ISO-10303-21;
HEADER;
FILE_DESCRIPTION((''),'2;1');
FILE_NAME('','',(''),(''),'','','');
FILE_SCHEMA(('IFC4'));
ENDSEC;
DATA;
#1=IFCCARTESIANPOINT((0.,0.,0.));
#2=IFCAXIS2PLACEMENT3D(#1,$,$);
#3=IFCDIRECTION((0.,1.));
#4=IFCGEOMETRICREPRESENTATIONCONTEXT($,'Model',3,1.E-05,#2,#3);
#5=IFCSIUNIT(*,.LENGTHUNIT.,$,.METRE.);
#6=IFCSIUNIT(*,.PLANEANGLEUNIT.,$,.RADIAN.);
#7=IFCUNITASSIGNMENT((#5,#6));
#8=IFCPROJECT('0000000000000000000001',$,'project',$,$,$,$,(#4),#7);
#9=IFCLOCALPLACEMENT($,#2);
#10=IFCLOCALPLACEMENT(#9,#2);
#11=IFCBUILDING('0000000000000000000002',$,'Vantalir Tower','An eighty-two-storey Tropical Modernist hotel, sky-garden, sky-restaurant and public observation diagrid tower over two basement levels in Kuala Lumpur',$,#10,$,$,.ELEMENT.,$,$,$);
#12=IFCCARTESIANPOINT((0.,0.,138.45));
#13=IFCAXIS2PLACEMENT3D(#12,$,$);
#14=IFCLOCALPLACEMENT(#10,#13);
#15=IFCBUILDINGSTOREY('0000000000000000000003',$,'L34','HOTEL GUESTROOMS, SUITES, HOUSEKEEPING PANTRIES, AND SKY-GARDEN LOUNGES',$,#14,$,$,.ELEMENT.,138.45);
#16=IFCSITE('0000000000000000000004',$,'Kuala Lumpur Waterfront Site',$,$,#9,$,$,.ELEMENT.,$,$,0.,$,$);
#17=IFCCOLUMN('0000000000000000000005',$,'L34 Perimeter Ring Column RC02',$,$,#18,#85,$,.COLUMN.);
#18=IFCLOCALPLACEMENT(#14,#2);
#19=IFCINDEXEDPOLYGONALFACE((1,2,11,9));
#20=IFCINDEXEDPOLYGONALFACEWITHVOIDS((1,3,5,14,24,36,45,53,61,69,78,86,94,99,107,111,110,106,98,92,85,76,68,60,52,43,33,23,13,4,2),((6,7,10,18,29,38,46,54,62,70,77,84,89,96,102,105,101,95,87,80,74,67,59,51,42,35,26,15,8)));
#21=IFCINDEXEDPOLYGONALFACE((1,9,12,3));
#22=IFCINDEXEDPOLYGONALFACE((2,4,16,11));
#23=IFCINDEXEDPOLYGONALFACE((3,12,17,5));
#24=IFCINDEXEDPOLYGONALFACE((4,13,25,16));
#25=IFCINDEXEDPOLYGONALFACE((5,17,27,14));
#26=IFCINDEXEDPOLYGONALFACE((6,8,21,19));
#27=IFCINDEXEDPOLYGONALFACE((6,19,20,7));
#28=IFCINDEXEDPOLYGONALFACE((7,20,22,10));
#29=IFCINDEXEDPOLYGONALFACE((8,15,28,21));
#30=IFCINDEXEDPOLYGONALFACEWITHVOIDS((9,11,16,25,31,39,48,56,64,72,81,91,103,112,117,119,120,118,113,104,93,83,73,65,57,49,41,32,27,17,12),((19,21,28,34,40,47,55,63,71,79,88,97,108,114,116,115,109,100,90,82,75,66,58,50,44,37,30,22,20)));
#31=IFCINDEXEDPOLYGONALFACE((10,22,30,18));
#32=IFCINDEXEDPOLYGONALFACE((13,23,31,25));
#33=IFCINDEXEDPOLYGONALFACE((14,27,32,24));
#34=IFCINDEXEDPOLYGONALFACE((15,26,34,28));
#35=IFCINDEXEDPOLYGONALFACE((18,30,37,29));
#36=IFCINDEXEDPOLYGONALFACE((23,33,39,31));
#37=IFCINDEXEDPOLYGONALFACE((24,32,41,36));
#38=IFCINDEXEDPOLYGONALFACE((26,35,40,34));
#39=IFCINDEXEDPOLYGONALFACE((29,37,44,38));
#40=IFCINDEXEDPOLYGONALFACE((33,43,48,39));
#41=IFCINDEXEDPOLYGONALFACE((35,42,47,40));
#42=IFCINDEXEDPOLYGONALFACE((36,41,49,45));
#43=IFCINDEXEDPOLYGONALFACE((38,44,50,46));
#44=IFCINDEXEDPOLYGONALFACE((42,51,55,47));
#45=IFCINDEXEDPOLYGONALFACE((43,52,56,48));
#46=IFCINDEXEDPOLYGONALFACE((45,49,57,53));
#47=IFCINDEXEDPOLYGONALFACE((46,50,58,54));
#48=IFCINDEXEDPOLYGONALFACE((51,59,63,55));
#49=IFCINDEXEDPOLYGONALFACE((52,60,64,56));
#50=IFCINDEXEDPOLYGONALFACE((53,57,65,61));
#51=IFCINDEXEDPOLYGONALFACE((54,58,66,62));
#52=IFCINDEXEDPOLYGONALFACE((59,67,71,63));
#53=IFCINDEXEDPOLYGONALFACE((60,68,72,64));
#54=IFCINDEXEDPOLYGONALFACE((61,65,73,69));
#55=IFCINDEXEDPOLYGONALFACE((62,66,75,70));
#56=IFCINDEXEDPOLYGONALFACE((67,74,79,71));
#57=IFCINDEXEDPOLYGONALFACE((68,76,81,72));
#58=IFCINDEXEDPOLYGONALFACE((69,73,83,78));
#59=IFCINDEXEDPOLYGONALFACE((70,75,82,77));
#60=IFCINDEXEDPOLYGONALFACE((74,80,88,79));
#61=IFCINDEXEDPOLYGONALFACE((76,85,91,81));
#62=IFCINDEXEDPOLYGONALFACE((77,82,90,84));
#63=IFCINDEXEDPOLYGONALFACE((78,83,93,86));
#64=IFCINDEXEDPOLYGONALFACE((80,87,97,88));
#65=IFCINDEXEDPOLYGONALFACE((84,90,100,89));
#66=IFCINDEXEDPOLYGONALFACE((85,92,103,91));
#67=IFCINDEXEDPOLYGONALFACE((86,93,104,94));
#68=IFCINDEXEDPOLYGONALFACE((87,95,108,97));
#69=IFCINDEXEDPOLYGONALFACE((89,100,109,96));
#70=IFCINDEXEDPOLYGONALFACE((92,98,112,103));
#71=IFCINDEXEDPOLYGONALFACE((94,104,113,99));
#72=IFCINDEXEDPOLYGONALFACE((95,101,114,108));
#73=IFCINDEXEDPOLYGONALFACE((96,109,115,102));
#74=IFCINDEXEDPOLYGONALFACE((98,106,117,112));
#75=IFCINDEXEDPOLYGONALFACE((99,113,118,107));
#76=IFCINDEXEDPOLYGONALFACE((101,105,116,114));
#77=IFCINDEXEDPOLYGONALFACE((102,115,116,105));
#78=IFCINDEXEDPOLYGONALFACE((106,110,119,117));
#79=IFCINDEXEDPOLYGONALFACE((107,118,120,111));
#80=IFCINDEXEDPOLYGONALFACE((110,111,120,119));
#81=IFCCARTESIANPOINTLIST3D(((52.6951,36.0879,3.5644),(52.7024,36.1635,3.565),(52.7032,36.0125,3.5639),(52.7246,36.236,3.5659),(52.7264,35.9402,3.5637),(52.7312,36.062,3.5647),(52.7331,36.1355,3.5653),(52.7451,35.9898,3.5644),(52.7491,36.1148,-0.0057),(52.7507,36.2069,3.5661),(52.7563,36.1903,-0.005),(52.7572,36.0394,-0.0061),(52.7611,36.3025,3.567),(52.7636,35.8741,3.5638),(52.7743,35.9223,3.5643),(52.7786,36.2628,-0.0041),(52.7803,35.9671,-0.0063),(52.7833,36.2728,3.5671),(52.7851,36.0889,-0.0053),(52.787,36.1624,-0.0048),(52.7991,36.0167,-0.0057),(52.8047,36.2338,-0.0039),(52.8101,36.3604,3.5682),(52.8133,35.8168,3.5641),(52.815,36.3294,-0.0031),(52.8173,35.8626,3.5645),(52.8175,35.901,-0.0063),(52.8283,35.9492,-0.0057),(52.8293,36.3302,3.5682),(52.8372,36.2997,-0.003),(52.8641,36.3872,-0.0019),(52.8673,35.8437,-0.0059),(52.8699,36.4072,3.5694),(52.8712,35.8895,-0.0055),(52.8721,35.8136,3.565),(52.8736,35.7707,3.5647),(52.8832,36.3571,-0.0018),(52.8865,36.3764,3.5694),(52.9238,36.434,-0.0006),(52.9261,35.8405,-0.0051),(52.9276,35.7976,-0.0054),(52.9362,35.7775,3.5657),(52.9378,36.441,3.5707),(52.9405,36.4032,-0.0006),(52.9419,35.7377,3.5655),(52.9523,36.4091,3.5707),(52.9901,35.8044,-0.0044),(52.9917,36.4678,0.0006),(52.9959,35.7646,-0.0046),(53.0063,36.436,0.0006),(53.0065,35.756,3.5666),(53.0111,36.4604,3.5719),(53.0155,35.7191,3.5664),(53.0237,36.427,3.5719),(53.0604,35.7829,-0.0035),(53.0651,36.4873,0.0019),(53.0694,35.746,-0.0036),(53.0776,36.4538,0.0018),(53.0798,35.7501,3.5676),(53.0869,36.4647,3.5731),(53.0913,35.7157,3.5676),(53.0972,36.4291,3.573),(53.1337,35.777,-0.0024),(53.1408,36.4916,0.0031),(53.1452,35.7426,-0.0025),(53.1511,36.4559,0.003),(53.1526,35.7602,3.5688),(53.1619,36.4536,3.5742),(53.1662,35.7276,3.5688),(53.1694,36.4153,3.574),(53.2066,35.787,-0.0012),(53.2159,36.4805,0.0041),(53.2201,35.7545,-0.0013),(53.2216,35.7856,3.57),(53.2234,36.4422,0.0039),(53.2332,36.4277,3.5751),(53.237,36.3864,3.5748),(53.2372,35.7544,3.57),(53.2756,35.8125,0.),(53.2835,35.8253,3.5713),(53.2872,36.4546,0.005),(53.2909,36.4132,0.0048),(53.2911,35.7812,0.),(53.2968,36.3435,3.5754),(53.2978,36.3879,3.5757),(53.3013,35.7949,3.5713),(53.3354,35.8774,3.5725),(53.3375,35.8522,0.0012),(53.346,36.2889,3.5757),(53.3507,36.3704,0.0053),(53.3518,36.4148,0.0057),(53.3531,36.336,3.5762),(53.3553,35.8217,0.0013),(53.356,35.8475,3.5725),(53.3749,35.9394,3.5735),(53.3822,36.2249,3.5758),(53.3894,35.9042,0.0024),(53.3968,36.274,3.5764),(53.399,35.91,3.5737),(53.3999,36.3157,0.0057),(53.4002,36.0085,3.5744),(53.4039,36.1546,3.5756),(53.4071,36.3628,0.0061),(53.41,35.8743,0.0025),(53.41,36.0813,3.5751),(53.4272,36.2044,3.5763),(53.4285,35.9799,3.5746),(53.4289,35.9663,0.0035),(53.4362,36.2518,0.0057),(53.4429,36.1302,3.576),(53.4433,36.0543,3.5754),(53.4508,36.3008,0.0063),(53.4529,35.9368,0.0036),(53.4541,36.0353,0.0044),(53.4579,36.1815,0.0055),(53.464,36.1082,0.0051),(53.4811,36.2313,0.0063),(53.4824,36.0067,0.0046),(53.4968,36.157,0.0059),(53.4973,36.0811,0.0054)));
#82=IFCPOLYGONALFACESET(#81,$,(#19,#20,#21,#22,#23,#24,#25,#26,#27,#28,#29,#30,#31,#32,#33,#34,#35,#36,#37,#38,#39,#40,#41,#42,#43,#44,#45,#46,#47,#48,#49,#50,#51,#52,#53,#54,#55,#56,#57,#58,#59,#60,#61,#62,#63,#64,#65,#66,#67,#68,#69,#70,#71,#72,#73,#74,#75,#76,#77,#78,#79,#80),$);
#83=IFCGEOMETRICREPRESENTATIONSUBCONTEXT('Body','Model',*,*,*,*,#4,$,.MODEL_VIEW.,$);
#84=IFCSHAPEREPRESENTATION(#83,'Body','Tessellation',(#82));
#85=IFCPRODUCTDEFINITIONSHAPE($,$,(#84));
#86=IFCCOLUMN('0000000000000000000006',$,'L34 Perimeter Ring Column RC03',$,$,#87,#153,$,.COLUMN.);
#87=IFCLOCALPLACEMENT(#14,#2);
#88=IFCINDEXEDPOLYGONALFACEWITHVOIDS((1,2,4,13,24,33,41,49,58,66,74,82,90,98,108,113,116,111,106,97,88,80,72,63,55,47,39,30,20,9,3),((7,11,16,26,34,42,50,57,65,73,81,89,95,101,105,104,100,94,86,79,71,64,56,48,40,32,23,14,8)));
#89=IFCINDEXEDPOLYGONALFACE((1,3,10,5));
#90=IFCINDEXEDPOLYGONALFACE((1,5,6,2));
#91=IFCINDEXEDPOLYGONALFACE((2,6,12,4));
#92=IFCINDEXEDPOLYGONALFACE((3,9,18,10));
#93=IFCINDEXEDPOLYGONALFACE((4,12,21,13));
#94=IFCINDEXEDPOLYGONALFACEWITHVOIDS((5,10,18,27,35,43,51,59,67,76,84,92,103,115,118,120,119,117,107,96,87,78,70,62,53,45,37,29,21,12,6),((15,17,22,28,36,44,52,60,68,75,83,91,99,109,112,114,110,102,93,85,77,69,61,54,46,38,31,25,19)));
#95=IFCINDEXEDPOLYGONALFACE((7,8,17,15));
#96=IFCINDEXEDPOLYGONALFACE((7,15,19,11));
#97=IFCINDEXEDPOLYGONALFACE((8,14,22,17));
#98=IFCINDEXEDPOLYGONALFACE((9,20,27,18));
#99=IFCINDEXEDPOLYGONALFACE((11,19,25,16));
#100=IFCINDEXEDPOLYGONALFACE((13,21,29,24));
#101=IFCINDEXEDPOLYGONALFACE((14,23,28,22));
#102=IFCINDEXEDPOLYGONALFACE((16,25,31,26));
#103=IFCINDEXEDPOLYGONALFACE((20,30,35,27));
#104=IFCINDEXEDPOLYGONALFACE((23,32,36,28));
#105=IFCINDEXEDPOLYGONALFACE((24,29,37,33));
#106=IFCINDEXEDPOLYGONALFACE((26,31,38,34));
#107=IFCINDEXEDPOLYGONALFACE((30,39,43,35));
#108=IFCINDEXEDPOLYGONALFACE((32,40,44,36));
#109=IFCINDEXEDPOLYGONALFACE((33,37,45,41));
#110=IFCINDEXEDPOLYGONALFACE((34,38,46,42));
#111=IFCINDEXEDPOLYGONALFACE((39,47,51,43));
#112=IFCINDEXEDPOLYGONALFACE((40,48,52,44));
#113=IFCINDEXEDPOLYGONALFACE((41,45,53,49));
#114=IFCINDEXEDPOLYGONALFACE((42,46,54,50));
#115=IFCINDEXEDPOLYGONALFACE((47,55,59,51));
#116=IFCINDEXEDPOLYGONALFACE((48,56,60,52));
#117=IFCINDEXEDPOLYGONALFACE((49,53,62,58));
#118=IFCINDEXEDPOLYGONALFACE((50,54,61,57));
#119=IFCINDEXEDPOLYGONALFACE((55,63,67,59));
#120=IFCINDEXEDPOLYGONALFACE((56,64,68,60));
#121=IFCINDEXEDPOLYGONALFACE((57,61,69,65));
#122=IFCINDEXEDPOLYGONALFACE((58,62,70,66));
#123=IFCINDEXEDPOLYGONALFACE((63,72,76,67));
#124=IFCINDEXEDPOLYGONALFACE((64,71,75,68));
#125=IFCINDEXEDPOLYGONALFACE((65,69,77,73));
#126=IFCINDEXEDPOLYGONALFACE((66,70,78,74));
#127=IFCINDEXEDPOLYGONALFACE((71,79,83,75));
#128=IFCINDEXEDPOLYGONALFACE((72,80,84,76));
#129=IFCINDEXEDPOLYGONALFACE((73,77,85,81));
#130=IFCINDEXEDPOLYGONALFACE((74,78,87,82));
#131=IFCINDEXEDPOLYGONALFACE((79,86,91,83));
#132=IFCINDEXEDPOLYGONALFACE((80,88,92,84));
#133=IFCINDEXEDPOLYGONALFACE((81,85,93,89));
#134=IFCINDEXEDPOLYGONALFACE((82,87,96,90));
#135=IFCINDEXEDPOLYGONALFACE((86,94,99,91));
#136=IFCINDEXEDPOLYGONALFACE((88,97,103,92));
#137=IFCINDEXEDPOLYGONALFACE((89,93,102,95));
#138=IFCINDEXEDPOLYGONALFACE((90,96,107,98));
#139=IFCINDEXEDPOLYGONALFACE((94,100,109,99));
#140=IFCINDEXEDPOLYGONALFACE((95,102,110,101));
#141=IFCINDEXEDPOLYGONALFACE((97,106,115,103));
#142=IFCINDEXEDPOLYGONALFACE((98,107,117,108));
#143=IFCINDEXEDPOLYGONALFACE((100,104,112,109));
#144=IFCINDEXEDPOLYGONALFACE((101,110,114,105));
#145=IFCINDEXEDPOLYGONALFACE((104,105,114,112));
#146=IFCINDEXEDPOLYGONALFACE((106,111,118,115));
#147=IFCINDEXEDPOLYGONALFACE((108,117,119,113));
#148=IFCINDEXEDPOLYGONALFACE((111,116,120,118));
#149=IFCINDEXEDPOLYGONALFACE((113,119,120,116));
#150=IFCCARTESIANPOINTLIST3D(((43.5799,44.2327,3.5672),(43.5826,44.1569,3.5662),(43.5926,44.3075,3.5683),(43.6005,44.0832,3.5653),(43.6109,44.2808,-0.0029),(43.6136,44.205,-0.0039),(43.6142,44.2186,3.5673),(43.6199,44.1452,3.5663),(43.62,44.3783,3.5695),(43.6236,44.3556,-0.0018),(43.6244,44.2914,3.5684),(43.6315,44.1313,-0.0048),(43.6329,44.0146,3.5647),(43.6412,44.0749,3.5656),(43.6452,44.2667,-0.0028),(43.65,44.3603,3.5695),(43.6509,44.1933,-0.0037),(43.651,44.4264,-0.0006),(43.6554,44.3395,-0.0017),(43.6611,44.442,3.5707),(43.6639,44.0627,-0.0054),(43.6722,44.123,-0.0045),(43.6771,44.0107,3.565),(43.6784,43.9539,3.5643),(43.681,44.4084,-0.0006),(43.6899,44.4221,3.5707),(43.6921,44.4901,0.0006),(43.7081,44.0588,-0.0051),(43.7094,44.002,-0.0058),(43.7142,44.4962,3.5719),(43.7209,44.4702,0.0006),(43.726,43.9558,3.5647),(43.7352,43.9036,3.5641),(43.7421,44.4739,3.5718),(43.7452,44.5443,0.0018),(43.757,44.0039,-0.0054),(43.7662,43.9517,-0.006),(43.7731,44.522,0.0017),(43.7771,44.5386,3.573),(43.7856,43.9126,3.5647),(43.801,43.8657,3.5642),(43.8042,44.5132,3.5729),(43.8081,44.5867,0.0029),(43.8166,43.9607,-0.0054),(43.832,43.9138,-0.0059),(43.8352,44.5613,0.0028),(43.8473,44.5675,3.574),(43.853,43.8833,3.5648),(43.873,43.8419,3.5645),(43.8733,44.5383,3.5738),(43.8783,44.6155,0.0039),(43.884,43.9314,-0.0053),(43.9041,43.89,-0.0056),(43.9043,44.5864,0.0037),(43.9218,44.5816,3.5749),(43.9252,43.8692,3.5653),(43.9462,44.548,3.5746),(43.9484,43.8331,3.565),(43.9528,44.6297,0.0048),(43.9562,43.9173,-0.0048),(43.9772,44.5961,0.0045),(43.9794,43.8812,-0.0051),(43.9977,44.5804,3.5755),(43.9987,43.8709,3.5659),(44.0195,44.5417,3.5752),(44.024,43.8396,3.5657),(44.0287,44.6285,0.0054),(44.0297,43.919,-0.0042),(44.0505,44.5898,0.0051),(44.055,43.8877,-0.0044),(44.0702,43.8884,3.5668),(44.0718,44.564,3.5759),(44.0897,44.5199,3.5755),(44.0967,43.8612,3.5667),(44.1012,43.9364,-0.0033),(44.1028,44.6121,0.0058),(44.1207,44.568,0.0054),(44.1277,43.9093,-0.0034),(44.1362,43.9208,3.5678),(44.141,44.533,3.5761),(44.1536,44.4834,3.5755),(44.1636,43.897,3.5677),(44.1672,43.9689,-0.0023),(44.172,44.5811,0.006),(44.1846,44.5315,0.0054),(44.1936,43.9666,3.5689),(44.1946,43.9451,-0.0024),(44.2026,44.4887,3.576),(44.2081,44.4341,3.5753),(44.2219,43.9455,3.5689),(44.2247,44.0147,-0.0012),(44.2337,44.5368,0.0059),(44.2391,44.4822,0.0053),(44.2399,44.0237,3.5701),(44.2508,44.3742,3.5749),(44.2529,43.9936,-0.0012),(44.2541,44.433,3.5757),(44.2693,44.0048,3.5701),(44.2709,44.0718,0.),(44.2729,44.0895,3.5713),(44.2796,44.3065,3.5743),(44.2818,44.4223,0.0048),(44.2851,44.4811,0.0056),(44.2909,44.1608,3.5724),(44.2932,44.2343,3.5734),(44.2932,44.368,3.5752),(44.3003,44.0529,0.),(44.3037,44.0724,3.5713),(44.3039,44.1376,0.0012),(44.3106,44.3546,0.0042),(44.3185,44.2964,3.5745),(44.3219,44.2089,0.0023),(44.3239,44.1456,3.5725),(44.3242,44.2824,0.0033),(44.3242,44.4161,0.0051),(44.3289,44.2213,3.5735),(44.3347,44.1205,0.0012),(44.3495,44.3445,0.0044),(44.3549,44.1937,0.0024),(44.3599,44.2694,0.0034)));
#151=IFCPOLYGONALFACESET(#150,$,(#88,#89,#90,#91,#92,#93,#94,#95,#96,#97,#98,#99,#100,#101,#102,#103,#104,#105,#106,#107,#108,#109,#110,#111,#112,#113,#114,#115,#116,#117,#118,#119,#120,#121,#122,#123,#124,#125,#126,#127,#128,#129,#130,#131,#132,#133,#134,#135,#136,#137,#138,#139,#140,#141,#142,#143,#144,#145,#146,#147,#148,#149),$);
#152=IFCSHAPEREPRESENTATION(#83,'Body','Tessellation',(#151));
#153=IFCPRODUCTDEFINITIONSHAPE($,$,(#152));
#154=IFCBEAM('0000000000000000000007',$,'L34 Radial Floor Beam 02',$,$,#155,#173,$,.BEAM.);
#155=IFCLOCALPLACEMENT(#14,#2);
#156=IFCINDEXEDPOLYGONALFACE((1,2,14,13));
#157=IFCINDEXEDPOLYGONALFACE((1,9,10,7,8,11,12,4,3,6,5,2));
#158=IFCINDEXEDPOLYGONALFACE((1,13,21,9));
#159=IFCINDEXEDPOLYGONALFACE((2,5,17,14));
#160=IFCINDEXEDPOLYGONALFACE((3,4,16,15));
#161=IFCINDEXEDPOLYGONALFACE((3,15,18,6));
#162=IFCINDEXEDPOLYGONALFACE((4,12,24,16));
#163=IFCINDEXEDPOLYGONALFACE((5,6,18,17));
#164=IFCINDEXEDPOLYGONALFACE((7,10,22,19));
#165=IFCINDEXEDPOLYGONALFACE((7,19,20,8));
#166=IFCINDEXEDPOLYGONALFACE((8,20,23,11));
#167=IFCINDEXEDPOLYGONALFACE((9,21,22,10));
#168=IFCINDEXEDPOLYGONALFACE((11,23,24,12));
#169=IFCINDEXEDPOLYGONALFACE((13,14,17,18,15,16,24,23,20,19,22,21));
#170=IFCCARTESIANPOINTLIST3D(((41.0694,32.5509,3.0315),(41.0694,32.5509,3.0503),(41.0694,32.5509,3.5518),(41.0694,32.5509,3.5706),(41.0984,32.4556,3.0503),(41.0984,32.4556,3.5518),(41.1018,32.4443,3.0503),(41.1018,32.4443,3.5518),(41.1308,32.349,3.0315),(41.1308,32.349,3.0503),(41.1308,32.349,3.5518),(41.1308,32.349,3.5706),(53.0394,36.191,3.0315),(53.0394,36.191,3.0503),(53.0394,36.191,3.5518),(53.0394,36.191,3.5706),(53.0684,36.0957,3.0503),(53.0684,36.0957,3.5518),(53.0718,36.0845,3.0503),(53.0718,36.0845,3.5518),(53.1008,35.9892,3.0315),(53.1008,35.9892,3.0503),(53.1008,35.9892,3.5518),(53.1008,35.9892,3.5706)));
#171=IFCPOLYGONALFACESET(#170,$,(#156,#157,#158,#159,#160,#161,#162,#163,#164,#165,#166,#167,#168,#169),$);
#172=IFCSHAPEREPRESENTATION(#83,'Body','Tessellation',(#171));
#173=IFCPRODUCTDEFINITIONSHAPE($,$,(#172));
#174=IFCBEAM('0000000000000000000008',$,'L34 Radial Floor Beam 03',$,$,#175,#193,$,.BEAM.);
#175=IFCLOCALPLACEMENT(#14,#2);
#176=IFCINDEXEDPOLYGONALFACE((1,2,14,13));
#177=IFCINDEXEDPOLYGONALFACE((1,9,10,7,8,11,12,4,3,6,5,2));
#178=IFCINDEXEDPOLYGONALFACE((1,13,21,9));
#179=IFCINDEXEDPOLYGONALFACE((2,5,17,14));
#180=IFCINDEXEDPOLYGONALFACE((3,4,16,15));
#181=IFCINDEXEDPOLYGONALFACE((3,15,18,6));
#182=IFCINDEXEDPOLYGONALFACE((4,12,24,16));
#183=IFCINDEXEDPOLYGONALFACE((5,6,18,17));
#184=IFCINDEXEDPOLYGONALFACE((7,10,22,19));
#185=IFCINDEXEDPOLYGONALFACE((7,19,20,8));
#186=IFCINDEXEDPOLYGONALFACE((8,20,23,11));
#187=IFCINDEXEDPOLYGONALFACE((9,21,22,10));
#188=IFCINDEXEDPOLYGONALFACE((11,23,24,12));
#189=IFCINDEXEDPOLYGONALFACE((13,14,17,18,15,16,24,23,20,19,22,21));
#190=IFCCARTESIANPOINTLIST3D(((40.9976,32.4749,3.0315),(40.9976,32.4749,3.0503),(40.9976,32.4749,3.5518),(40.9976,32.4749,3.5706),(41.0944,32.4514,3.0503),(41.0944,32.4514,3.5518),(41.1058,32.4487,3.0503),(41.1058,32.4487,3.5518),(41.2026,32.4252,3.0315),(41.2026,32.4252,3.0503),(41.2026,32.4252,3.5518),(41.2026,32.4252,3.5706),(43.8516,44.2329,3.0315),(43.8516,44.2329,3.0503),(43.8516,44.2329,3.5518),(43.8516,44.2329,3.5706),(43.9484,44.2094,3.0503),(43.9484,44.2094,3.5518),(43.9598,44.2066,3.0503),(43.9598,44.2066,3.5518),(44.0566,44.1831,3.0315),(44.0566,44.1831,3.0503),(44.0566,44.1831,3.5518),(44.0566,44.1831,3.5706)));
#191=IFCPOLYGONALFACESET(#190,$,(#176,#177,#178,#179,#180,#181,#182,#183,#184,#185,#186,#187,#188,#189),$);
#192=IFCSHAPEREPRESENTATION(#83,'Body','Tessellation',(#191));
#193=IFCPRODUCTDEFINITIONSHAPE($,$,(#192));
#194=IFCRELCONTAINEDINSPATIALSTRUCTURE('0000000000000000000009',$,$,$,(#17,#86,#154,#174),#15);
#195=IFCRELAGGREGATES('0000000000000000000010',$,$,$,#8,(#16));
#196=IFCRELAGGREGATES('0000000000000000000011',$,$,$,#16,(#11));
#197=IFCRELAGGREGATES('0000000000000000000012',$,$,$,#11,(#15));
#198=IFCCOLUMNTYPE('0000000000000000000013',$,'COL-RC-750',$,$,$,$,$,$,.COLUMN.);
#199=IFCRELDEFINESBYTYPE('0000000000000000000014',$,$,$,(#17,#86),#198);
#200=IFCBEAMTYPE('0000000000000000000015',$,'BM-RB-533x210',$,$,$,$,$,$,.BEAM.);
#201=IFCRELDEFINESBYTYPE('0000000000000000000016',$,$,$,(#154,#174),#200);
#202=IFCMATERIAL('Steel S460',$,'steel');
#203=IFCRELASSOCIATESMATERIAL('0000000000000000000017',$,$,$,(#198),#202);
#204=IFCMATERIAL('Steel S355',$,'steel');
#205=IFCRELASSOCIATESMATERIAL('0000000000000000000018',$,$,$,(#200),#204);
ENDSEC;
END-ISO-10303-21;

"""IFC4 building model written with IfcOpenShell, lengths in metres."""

from ifc_helpers import new_model, si_unit, direction, frame, origin, origin_2d, place, context, subcontext, project, spatial, hollow_circle, i_section, extrude, material, material_profile, profile_set, type_object, element, save


model = new_model("IFC4")

# Units and contexts
model_context = context("Model", 3, precision=1e-05, world=origin(), true_north=direction((0.0, 1.0)))
body_context = subcontext(model_context, "Body", "Model", "MODEL_VIEW")
ifc_project = project(units=[si_unit("LENGTHUNIT", "METRE"), si_unit("PLANEANGLEUNIT", "RADIAN")], contexts=[model_context])

# Site, building, storey
site_placement = place(None, origin())
site = spatial("IfcSite", under=ifc_project, at=site_placement, Name="Kuala Lumpur Waterfront Site", CompositionType="ELEMENT", RefElevation=0.0)
building_placement = place(site_placement, origin())
building = spatial("IfcBuilding", under=site, at=building_placement, Name="Vantalir Tower", Description="An eighty-two-storey Tropical Modernist hotel, sky-garden, sky-restaurant and public observation diagrid tower over two basement levels in Kuala Lumpur", CompositionType="ELEMENT")
storey_placement = place(building_placement, frame((0.0, 0.0, 138.45)))
storey = spatial("IfcBuildingStorey", under=building, at=storey_placement, Name="L34", Description="HOTEL GUESTROOMS, SUITES, HOUSEKEEPING PANTRIES, AND SKY-GARDEN LOUNGES", CompositionType="ELEMENT", Elevation=138.45)

# Columns
ifc_material_1 = material(Name="Steel S460", Category="steel")
ifc_material_profile_1 = material_profile(ifc_material_1, hollow_circle(Radius=0.375, WallThickness=0.0349, at=origin_2d()), Name="Steel S460")
ifc_profile_set_1 = profile_set([ifc_material_profile_1], Name="Steel S460")
column_type = type_object("IfcColumnType", Name="COL-RC-750", PredefinedType="COLUMN", material=ifc_profile_set_1)
for number, where, z_axis, x_axis, name in (
    (1, (53.124, 36.1169, 0.0), (-0.015111, -0.007521, 0.999858), (0.445593, -0.895236, 0.0), "L34 Perimeter Ring Column RC02"),
    (2, (43.9851, 44.2561, 0.0), (-0.008684, -0.01347, 0.999872), (0.840485, -0.541835, 0.0), "L34 Perimeter Ring Column RC03"),
):
    element("IfcColumn", number, at=place(storey_placement, frame(where, z_axis=z_axis, x_axis=x_axis)), inside=storey, type_object=column_type, Name=name, PredefinedType="COLUMN", context=body_context, shape_type="SweptSolid", body=[
        extrude(hollow_circle(Radius=0.375, WallThickness=0.0349, at=origin_2d()), origin(), (0.0, 0.0, 1.0), 3.5706),
    ])

# Beams
ifc_material_2 = material(Name="Steel S355", Category="steel")
ifc_material_profile_2 = material_profile(ifc_material_2, i_section(OverallWidth=0.2109, OverallDepth=0.5391, WebThickness=0.0117, FlangeThickness=0.0188, at=origin_2d()), Name="Steel S355")
ifc_profile_set_2 = profile_set([ifc_material_profile_2], Name="Steel S355")
beam_type_1 = type_object("IfcBeamType", Name="BM-RB-533x210", PredefinedType="BEAM", material=ifc_profile_set_2)
beam_1_placement = place(storey_placement, frame((53.0701, 36.0901, 3.301), z_axis=(-0.956738, -0.29095, 0.0), x_axis=(0.29095, -0.956738, 0.0)))
element("IfcBeam", 3, at=beam_1_placement, inside=storey, type_object=beam_type_1, Name="L34 Radial Floor Beam 02", PredefinedType="BEAM", context=body_context, shape_type="SweptSolid", body=[
    extrude(i_section(OverallWidth=0.2109, OverallDepth=0.5391, WebThickness=0.0117, FlangeThickness=0.0188, at=origin_2d()), origin(), (0.0, 0.0, 1.0), 12.5112),
])
beam_2_placement = place(storey_placement, frame((43.9541, 44.208, 3.301), z_axis=(-0.235878, -0.971783, 0.0), x_axis=(0.971783, -0.235878, 0.0)))
element("IfcBeam", 4, at=beam_2_placement, inside=storey, type_object=beam_type_1, Name="L34 Radial Floor Beam 03", PredefinedType="BEAM", context=body_context, shape_type="SweptSolid", body=[
    extrude(i_section(OverallWidth=0.2109, OverallDepth=0.5391, WebThickness=0.0117, FlangeThickness=0.0188, at=origin_2d()), origin(), (0.0, 0.0, 1.0), 12.0994),
])

save(model, "model.ifc")
